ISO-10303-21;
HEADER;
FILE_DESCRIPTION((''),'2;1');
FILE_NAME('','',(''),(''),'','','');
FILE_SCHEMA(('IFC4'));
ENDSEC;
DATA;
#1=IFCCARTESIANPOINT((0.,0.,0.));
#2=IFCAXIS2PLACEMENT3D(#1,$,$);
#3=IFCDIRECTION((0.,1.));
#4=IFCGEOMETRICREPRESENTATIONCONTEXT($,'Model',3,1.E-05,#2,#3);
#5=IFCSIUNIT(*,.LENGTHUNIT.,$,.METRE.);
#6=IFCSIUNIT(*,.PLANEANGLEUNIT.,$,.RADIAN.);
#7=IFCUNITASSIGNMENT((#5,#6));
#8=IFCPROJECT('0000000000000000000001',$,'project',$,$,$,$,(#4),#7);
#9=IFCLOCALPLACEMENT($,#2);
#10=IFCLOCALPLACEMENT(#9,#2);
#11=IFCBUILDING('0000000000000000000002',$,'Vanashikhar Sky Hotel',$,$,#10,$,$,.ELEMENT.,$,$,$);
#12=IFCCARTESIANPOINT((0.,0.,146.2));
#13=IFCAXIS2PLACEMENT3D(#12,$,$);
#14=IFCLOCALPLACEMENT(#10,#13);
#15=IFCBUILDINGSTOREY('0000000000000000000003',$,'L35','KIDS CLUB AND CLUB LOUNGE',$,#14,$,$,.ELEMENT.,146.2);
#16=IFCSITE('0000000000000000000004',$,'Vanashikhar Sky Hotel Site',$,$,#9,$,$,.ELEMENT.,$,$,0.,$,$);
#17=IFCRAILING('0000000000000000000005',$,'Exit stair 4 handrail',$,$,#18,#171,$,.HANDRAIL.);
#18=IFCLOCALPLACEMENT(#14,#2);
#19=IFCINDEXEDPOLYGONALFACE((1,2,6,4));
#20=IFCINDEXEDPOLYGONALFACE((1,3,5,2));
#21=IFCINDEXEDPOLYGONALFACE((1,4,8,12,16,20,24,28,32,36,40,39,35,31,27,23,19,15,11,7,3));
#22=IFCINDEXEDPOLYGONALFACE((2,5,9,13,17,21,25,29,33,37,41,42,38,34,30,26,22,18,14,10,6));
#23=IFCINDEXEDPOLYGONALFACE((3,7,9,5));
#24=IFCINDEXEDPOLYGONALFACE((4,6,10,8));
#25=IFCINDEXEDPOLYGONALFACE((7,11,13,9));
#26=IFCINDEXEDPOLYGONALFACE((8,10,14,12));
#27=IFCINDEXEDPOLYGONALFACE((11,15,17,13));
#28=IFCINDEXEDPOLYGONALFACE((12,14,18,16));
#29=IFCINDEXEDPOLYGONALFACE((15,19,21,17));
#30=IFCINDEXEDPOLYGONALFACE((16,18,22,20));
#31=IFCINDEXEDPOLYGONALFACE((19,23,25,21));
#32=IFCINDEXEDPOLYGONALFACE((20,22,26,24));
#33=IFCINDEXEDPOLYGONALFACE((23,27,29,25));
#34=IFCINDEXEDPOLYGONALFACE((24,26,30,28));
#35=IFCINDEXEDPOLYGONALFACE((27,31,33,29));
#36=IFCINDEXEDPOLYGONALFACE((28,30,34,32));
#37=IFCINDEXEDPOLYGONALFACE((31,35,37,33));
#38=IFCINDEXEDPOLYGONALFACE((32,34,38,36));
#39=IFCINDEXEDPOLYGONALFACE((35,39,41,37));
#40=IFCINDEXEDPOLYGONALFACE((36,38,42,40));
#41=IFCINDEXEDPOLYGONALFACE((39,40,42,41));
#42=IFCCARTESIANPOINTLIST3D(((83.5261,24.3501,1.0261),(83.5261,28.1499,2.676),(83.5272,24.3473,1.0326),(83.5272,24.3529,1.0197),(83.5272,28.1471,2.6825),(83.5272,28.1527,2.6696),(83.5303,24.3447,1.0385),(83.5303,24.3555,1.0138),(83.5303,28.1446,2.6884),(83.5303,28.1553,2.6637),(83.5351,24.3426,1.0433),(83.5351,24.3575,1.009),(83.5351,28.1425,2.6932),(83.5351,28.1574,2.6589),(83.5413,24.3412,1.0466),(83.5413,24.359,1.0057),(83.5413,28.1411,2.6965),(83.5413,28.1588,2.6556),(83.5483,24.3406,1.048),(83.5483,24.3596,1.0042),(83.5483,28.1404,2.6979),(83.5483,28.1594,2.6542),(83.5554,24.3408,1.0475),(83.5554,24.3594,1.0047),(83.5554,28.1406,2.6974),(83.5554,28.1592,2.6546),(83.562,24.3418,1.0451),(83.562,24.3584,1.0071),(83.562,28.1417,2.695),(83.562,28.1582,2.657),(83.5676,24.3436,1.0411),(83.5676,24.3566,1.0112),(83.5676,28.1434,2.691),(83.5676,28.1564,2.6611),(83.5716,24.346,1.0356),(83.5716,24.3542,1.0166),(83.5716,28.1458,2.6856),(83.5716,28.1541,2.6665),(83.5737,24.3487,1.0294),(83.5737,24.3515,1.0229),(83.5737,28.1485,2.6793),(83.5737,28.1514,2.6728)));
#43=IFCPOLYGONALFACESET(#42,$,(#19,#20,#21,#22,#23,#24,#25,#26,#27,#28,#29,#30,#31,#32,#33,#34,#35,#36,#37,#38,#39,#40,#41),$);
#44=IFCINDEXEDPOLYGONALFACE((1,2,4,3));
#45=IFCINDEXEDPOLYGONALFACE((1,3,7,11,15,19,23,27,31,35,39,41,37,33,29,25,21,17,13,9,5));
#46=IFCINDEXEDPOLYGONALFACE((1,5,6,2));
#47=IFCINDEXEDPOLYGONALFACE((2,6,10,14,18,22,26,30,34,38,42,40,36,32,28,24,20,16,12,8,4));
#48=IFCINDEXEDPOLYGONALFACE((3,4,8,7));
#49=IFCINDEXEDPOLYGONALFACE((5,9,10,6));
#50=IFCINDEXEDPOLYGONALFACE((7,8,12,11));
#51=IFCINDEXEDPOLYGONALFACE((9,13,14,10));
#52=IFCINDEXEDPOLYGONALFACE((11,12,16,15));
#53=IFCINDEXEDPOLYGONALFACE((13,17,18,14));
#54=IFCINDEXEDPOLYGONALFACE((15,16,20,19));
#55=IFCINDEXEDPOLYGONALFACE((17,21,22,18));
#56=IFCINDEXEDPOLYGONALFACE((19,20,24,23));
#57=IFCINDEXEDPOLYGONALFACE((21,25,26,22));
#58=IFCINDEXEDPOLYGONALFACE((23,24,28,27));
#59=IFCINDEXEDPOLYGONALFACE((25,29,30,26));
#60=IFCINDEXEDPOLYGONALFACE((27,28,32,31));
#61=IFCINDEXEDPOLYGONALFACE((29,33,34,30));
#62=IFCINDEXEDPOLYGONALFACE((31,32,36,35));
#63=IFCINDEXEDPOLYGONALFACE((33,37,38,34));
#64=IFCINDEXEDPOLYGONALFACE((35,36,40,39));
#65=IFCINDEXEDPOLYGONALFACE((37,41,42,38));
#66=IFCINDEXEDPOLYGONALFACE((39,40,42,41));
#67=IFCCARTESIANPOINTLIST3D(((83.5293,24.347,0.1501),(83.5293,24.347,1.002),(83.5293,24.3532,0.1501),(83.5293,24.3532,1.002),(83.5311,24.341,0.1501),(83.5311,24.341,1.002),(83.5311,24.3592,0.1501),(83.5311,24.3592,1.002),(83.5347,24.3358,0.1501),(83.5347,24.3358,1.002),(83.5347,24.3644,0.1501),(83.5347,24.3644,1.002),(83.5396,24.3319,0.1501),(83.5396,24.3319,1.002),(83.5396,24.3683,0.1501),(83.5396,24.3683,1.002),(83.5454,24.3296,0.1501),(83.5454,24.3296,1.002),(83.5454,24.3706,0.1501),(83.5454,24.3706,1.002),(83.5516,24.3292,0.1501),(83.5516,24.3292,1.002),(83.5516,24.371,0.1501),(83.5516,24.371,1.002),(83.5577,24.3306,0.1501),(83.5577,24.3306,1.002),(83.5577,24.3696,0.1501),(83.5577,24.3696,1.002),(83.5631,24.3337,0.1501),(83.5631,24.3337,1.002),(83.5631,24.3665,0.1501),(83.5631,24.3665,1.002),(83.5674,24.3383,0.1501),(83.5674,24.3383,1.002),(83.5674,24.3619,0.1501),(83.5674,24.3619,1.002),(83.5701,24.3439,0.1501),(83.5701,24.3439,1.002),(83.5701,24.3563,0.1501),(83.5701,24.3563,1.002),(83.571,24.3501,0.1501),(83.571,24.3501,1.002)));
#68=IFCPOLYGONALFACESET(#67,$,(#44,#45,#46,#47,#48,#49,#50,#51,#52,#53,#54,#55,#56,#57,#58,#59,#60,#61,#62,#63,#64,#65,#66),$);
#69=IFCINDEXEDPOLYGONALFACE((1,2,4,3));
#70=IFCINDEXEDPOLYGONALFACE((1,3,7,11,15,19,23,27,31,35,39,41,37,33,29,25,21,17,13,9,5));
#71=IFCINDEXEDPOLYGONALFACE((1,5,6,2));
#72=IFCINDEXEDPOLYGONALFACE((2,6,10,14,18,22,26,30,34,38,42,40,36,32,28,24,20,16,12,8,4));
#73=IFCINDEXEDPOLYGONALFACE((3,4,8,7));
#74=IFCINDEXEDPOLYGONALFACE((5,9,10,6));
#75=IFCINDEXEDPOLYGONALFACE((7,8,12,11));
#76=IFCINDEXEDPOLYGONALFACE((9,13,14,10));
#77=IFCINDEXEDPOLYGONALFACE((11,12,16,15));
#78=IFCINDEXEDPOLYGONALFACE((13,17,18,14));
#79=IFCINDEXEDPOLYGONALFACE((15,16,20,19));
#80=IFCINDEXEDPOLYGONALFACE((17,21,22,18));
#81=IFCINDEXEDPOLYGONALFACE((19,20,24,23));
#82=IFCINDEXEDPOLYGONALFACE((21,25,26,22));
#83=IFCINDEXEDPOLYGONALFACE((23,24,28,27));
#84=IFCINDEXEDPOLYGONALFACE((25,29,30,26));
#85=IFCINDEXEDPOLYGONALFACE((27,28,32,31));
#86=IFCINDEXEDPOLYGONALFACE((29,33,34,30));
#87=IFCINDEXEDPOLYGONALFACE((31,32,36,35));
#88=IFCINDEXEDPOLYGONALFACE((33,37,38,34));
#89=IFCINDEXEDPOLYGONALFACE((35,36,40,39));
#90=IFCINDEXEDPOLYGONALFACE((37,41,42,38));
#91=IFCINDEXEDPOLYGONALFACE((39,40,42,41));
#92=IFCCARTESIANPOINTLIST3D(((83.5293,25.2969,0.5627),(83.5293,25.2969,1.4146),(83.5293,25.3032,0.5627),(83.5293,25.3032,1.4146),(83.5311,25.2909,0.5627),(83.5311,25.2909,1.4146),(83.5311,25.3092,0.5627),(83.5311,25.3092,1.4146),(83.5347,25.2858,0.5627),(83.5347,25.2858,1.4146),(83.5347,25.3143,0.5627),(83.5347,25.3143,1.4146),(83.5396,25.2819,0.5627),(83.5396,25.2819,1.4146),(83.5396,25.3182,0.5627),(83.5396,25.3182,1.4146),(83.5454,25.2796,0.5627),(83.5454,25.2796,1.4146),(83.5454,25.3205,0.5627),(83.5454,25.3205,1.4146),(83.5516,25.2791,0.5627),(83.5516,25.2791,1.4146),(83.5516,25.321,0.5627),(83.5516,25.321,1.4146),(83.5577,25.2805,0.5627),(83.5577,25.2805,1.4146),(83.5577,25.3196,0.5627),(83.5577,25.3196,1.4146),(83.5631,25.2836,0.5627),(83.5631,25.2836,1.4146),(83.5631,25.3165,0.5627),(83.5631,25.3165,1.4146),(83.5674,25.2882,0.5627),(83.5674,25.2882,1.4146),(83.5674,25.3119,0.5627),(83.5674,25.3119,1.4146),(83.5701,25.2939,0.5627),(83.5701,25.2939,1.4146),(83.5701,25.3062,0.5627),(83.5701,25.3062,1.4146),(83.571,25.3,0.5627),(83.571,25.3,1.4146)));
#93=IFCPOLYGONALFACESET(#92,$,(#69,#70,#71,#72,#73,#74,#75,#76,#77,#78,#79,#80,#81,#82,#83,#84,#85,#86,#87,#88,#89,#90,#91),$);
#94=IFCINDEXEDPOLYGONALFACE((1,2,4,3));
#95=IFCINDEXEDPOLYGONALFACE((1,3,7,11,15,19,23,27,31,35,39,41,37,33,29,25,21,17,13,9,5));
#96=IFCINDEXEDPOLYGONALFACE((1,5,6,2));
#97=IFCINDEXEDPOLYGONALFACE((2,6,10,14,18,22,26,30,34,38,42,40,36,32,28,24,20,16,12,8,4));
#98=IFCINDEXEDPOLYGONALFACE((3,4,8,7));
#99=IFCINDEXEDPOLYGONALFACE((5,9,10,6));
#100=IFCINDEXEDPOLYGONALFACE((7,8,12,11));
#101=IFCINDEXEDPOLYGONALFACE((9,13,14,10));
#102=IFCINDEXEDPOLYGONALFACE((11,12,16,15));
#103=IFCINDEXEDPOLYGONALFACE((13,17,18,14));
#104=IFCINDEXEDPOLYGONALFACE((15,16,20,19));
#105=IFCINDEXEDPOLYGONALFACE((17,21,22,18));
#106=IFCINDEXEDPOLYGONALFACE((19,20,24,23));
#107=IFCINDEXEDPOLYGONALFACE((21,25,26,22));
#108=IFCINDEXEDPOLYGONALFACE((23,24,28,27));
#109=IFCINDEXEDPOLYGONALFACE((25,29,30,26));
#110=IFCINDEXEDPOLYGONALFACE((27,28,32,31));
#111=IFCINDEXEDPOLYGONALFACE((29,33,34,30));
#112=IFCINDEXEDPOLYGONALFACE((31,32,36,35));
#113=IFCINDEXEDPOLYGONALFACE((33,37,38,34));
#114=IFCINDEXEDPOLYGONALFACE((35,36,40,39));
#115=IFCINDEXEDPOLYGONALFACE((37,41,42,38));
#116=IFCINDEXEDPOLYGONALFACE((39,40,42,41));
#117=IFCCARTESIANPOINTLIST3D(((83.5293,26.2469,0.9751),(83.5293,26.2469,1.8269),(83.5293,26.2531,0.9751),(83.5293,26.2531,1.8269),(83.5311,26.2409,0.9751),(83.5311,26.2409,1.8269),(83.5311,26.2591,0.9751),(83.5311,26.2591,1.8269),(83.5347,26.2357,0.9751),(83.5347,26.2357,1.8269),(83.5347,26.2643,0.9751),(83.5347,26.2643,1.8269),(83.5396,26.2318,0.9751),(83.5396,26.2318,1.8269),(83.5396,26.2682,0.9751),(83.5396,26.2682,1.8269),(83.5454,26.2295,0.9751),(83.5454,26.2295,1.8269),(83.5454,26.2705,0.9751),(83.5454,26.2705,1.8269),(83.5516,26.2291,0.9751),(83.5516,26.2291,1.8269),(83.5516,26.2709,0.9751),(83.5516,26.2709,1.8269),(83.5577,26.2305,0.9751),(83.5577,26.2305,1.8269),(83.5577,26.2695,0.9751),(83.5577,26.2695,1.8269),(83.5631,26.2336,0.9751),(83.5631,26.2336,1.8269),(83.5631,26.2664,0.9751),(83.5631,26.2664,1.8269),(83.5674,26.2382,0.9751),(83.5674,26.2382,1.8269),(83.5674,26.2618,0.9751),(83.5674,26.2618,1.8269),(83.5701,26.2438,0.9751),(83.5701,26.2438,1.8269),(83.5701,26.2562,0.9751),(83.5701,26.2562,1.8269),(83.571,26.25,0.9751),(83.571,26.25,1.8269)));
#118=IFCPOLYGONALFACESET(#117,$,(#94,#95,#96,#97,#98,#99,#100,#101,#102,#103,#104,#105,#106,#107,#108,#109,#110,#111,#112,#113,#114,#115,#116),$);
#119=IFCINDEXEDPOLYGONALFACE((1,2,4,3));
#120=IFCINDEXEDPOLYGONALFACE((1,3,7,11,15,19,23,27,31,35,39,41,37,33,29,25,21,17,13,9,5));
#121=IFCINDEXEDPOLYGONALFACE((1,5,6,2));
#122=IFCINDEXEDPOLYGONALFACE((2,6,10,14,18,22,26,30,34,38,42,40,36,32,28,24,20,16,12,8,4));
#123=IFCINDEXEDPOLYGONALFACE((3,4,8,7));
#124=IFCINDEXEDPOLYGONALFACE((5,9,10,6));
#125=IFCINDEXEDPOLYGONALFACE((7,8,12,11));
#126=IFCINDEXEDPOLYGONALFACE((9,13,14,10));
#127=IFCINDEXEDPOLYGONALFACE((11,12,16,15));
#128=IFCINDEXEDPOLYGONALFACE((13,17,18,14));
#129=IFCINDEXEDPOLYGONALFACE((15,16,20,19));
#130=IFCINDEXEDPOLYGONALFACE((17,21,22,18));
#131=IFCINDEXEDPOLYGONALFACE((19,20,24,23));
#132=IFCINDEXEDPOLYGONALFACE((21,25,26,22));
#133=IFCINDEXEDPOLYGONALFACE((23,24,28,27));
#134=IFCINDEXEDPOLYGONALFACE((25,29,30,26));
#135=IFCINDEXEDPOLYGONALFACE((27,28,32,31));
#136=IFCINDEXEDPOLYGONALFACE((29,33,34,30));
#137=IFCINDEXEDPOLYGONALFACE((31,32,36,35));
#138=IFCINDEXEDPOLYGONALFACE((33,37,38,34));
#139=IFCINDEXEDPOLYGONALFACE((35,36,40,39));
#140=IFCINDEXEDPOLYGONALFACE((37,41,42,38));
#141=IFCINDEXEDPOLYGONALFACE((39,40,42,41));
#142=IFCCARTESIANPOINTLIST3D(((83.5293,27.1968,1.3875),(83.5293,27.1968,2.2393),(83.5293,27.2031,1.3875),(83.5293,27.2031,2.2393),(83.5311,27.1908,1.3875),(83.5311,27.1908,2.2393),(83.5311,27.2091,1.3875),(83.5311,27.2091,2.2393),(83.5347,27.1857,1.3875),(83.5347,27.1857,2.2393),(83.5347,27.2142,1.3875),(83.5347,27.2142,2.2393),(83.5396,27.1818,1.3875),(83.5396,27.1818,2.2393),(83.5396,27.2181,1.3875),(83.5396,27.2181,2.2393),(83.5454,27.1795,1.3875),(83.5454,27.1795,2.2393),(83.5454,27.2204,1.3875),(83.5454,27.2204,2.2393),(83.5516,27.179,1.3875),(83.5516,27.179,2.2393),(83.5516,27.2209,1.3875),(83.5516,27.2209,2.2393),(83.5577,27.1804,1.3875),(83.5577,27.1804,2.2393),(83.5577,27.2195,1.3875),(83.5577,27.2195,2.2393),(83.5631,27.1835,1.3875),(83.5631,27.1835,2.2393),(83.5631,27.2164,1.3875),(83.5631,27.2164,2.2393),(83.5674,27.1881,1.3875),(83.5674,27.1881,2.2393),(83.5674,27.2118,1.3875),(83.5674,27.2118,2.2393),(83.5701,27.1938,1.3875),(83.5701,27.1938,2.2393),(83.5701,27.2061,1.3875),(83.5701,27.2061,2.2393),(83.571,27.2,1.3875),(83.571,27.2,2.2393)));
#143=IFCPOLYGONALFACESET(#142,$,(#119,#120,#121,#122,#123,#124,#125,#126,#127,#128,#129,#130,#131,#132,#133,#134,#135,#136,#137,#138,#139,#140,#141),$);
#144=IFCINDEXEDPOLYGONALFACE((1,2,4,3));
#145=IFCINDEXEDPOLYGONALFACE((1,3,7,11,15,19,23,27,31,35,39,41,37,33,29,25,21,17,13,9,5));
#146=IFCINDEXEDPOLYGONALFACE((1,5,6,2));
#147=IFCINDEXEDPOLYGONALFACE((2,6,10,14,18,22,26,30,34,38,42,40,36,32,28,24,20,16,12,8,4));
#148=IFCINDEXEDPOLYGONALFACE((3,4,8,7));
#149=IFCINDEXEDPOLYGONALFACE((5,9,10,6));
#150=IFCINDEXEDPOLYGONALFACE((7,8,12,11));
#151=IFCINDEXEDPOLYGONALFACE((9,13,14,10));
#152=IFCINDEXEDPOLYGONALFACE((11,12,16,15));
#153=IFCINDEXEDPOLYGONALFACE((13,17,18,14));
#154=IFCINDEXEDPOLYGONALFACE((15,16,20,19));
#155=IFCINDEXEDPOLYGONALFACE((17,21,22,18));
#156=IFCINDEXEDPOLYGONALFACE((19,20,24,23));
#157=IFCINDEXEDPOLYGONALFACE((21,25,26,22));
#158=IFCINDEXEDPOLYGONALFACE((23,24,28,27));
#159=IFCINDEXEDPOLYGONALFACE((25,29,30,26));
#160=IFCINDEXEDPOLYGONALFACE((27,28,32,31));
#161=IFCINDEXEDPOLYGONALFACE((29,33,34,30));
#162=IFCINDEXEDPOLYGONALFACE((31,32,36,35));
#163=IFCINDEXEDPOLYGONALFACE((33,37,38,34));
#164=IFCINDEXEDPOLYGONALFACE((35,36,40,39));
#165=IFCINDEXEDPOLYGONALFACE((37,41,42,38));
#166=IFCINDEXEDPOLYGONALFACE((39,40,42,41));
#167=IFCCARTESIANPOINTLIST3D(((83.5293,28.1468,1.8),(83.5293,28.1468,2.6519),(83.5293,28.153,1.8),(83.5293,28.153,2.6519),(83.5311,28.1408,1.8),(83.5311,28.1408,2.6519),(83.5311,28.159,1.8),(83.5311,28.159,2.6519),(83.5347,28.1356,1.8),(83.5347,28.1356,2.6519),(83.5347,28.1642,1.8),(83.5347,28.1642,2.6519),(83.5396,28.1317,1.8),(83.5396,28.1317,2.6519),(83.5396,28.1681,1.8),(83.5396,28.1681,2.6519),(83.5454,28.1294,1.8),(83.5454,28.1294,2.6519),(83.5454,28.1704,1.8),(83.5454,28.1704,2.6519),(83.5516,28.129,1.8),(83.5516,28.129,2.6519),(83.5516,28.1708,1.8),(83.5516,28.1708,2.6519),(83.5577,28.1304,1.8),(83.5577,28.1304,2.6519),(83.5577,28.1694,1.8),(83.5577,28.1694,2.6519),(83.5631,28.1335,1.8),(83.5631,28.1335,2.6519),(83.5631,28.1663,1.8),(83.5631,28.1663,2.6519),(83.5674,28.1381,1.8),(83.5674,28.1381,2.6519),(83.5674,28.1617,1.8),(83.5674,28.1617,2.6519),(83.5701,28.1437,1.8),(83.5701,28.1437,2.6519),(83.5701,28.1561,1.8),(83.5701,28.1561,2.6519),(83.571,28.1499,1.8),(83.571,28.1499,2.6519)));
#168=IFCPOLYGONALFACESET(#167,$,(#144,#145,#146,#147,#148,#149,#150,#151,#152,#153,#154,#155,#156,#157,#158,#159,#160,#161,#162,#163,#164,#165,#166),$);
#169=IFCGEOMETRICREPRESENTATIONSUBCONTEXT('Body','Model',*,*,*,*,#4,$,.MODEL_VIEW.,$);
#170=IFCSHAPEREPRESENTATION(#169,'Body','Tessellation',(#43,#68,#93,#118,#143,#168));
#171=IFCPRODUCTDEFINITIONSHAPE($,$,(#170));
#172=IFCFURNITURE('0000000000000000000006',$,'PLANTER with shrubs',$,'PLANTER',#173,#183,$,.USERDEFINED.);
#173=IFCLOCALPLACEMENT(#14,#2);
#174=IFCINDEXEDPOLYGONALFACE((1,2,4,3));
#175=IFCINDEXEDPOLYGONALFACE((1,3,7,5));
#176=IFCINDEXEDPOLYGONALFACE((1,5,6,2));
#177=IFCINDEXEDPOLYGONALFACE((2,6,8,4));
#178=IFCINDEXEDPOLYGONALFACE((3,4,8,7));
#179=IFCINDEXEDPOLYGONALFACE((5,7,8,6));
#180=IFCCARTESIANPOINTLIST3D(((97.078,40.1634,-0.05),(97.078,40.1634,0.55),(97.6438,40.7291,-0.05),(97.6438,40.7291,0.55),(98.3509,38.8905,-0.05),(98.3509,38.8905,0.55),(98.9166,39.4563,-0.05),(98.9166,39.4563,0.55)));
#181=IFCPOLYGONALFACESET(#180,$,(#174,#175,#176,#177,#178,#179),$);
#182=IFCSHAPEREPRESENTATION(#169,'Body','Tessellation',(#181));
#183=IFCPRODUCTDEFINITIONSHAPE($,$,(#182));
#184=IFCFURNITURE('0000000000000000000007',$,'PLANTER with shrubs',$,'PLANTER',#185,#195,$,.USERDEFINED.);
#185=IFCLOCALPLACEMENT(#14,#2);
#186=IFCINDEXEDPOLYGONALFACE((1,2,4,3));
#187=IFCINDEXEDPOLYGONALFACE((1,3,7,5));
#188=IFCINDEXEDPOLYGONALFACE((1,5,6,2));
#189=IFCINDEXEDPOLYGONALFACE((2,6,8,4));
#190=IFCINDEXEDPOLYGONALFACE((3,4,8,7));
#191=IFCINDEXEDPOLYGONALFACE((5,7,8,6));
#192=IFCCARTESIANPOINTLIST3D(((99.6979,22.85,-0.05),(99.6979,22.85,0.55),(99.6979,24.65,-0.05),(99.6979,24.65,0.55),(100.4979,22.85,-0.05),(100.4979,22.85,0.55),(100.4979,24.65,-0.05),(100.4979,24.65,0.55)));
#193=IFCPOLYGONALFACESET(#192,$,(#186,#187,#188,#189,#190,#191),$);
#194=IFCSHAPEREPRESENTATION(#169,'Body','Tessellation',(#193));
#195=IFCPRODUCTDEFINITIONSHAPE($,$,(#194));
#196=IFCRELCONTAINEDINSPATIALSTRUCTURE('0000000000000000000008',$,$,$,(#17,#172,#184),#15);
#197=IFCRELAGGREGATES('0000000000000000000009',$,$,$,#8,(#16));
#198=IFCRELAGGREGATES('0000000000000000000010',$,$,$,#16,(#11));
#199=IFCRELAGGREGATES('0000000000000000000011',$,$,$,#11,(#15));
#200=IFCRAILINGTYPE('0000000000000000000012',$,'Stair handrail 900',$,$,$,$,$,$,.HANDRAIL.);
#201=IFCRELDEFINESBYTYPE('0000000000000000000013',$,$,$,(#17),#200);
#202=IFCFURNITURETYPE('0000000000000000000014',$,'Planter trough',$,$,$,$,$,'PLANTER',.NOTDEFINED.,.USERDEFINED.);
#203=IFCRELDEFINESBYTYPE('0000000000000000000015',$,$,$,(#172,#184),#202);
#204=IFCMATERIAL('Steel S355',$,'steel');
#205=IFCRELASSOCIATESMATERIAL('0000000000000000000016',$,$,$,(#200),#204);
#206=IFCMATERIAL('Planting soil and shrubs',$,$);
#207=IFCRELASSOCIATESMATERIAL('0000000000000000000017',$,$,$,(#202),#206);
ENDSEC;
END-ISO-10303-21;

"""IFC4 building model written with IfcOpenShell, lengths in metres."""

from ifc_helpers import new_model, si_unit, direction, frame, origin, origin_2d, place, context, subcontext, project, spatial, rectangle, circle, extrude, source, transform, mapped, material, type_object, element, save


model = new_model("IFC4")

# Units and contexts
model_context = context("Model", 3, precision=1e-05, world=origin(), true_north=direction((0.0, 1.0)))
body_context = subcontext(model_context, "Body", "Model", "MODEL_VIEW")
ifc_project = project(units=[si_unit("LENGTHUNIT", "METRE"), si_unit("PLANEANGLEUNIT", "RADIAN")], contexts=[model_context])

# Site, building, storey
site_placement = place(None, origin())
site = spatial("IfcSite", under=ifc_project, at=site_placement, Name="Vanashikhar Sky Hotel Site", CompositionType="ELEMENT", RefElevation=0.0)
building_placement = place(site_placement, origin())
building = spatial("IfcBuilding", under=site, at=building_placement, Name="Vanashikhar Sky Hotel", CompositionType="ELEMENT")
storey_placement = place(building_placement, frame((0.0, 0.0, 146.2)))
storey = spatial("IfcBuildingStorey", under=building, at=storey_placement, Name="L35", Description="KIDS CLUB AND CLUB LOUNGE", CompositionType="ELEMENT", Elevation=146.2)

# Railing
ifc_material_1 = material(Name="Steel S355", Category="steel")
railing_type_1 = type_object("IfcRailingType", Name="Stair handrail 900", PredefinedType="HANDRAIL", material=ifc_material_1)
shared_shape_1 = source(origin(), body_context, "Body", "SweptSolid", [
    extrude(circle(Radius=0.0239, at=origin_2d()), frame((0.0, 0.0, 0.876), z_axis=(0.0, 0.917263, 0.398282), x_axis=(-1.0, 0.0, 0.0)), (0.0, 0.0, 1.0), 4.1426),
    extrude(circle(Radius=0.021, at=origin_2d()), origin(), (0.0, 0.0, 1.0), 0.8518),
    extrude(circle(Radius=0.021, at=origin_2d()), frame((0.0, 0.95, 0.4126)), (0.0, 0.0, 1.0), 0.8518),
    extrude(circle(Radius=0.021, at=origin_2d()), frame((0.0, 1.8999, 0.825)), (0.0, 0.0, 1.0), 0.8518),
    extrude(circle(Radius=0.021, at=origin_2d()), frame((0.0, 2.8499, 1.2373)), (0.0, 0.0, 1.0), 0.8518),
    extrude(circle(Radius=0.021, at=origin_2d()), frame((0.0, 3.7998, 1.6499)), (0.0, 0.0, 1.0), 0.8518),
])
railing_1_placement = place(storey_placement, frame((83.55, 24.3501, 0.1501)))
element("IfcRailing", 1, at=railing_1_placement, inside=storey, type_object=railing_type_1, Name="Exit stair 4 handrail", PredefinedType="HANDRAIL", context=body_context, shape_type="MappedRepresentation", body=[
    mapped(shared_shape_1, transform((0.0, 0.0, 0.0), scale=1.0)),
])

# Furniture
ifc_material_2 = material(Name="Planting soil and shrubs")
furniture_type = type_object("IfcFurnitureType", Name="Planter trough", ElementType="PLANTER", AssemblyPlace="NOTDEFINED", PredefinedType="USERDEFINED", material=ifc_material_2)
shared_shape_2 = source(origin(), body_context, "Body", "SweptSolid", [
    extrude(rectangle(XDim=1.8, YDim=0.8, at=origin_2d()), origin(), (0.0, 0.0, 1.0), 0.6001),
])
for number, where, z_axis, x_axis, name in (
    (2, (97.9973, 39.8098, -0.05), (0.0, 0.0, 1.0), (0.707107, -0.707107, 0.0), "PLANTER with shrubs"),
    (3, (100.0979, 23.75, -0.05), (0.0, 0.0, 1.0), (0.0, -1.0, 0.0), "PLANTER with shrubs"),
):
    element("IfcFurniture", number, at=place(storey_placement, frame(where, z_axis=z_axis, x_axis=x_axis)), inside=storey, type_object=furniture_type, Name=name, ObjectType="PLANTER", PredefinedType="USERDEFINED", context=body_context, shape_type="MappedRepresentation", body=[
        mapped(shared_shape_2, transform((0.0, 0.0, 0.0), scale=1.0)),
    ])

save(model, "model.ifc")
